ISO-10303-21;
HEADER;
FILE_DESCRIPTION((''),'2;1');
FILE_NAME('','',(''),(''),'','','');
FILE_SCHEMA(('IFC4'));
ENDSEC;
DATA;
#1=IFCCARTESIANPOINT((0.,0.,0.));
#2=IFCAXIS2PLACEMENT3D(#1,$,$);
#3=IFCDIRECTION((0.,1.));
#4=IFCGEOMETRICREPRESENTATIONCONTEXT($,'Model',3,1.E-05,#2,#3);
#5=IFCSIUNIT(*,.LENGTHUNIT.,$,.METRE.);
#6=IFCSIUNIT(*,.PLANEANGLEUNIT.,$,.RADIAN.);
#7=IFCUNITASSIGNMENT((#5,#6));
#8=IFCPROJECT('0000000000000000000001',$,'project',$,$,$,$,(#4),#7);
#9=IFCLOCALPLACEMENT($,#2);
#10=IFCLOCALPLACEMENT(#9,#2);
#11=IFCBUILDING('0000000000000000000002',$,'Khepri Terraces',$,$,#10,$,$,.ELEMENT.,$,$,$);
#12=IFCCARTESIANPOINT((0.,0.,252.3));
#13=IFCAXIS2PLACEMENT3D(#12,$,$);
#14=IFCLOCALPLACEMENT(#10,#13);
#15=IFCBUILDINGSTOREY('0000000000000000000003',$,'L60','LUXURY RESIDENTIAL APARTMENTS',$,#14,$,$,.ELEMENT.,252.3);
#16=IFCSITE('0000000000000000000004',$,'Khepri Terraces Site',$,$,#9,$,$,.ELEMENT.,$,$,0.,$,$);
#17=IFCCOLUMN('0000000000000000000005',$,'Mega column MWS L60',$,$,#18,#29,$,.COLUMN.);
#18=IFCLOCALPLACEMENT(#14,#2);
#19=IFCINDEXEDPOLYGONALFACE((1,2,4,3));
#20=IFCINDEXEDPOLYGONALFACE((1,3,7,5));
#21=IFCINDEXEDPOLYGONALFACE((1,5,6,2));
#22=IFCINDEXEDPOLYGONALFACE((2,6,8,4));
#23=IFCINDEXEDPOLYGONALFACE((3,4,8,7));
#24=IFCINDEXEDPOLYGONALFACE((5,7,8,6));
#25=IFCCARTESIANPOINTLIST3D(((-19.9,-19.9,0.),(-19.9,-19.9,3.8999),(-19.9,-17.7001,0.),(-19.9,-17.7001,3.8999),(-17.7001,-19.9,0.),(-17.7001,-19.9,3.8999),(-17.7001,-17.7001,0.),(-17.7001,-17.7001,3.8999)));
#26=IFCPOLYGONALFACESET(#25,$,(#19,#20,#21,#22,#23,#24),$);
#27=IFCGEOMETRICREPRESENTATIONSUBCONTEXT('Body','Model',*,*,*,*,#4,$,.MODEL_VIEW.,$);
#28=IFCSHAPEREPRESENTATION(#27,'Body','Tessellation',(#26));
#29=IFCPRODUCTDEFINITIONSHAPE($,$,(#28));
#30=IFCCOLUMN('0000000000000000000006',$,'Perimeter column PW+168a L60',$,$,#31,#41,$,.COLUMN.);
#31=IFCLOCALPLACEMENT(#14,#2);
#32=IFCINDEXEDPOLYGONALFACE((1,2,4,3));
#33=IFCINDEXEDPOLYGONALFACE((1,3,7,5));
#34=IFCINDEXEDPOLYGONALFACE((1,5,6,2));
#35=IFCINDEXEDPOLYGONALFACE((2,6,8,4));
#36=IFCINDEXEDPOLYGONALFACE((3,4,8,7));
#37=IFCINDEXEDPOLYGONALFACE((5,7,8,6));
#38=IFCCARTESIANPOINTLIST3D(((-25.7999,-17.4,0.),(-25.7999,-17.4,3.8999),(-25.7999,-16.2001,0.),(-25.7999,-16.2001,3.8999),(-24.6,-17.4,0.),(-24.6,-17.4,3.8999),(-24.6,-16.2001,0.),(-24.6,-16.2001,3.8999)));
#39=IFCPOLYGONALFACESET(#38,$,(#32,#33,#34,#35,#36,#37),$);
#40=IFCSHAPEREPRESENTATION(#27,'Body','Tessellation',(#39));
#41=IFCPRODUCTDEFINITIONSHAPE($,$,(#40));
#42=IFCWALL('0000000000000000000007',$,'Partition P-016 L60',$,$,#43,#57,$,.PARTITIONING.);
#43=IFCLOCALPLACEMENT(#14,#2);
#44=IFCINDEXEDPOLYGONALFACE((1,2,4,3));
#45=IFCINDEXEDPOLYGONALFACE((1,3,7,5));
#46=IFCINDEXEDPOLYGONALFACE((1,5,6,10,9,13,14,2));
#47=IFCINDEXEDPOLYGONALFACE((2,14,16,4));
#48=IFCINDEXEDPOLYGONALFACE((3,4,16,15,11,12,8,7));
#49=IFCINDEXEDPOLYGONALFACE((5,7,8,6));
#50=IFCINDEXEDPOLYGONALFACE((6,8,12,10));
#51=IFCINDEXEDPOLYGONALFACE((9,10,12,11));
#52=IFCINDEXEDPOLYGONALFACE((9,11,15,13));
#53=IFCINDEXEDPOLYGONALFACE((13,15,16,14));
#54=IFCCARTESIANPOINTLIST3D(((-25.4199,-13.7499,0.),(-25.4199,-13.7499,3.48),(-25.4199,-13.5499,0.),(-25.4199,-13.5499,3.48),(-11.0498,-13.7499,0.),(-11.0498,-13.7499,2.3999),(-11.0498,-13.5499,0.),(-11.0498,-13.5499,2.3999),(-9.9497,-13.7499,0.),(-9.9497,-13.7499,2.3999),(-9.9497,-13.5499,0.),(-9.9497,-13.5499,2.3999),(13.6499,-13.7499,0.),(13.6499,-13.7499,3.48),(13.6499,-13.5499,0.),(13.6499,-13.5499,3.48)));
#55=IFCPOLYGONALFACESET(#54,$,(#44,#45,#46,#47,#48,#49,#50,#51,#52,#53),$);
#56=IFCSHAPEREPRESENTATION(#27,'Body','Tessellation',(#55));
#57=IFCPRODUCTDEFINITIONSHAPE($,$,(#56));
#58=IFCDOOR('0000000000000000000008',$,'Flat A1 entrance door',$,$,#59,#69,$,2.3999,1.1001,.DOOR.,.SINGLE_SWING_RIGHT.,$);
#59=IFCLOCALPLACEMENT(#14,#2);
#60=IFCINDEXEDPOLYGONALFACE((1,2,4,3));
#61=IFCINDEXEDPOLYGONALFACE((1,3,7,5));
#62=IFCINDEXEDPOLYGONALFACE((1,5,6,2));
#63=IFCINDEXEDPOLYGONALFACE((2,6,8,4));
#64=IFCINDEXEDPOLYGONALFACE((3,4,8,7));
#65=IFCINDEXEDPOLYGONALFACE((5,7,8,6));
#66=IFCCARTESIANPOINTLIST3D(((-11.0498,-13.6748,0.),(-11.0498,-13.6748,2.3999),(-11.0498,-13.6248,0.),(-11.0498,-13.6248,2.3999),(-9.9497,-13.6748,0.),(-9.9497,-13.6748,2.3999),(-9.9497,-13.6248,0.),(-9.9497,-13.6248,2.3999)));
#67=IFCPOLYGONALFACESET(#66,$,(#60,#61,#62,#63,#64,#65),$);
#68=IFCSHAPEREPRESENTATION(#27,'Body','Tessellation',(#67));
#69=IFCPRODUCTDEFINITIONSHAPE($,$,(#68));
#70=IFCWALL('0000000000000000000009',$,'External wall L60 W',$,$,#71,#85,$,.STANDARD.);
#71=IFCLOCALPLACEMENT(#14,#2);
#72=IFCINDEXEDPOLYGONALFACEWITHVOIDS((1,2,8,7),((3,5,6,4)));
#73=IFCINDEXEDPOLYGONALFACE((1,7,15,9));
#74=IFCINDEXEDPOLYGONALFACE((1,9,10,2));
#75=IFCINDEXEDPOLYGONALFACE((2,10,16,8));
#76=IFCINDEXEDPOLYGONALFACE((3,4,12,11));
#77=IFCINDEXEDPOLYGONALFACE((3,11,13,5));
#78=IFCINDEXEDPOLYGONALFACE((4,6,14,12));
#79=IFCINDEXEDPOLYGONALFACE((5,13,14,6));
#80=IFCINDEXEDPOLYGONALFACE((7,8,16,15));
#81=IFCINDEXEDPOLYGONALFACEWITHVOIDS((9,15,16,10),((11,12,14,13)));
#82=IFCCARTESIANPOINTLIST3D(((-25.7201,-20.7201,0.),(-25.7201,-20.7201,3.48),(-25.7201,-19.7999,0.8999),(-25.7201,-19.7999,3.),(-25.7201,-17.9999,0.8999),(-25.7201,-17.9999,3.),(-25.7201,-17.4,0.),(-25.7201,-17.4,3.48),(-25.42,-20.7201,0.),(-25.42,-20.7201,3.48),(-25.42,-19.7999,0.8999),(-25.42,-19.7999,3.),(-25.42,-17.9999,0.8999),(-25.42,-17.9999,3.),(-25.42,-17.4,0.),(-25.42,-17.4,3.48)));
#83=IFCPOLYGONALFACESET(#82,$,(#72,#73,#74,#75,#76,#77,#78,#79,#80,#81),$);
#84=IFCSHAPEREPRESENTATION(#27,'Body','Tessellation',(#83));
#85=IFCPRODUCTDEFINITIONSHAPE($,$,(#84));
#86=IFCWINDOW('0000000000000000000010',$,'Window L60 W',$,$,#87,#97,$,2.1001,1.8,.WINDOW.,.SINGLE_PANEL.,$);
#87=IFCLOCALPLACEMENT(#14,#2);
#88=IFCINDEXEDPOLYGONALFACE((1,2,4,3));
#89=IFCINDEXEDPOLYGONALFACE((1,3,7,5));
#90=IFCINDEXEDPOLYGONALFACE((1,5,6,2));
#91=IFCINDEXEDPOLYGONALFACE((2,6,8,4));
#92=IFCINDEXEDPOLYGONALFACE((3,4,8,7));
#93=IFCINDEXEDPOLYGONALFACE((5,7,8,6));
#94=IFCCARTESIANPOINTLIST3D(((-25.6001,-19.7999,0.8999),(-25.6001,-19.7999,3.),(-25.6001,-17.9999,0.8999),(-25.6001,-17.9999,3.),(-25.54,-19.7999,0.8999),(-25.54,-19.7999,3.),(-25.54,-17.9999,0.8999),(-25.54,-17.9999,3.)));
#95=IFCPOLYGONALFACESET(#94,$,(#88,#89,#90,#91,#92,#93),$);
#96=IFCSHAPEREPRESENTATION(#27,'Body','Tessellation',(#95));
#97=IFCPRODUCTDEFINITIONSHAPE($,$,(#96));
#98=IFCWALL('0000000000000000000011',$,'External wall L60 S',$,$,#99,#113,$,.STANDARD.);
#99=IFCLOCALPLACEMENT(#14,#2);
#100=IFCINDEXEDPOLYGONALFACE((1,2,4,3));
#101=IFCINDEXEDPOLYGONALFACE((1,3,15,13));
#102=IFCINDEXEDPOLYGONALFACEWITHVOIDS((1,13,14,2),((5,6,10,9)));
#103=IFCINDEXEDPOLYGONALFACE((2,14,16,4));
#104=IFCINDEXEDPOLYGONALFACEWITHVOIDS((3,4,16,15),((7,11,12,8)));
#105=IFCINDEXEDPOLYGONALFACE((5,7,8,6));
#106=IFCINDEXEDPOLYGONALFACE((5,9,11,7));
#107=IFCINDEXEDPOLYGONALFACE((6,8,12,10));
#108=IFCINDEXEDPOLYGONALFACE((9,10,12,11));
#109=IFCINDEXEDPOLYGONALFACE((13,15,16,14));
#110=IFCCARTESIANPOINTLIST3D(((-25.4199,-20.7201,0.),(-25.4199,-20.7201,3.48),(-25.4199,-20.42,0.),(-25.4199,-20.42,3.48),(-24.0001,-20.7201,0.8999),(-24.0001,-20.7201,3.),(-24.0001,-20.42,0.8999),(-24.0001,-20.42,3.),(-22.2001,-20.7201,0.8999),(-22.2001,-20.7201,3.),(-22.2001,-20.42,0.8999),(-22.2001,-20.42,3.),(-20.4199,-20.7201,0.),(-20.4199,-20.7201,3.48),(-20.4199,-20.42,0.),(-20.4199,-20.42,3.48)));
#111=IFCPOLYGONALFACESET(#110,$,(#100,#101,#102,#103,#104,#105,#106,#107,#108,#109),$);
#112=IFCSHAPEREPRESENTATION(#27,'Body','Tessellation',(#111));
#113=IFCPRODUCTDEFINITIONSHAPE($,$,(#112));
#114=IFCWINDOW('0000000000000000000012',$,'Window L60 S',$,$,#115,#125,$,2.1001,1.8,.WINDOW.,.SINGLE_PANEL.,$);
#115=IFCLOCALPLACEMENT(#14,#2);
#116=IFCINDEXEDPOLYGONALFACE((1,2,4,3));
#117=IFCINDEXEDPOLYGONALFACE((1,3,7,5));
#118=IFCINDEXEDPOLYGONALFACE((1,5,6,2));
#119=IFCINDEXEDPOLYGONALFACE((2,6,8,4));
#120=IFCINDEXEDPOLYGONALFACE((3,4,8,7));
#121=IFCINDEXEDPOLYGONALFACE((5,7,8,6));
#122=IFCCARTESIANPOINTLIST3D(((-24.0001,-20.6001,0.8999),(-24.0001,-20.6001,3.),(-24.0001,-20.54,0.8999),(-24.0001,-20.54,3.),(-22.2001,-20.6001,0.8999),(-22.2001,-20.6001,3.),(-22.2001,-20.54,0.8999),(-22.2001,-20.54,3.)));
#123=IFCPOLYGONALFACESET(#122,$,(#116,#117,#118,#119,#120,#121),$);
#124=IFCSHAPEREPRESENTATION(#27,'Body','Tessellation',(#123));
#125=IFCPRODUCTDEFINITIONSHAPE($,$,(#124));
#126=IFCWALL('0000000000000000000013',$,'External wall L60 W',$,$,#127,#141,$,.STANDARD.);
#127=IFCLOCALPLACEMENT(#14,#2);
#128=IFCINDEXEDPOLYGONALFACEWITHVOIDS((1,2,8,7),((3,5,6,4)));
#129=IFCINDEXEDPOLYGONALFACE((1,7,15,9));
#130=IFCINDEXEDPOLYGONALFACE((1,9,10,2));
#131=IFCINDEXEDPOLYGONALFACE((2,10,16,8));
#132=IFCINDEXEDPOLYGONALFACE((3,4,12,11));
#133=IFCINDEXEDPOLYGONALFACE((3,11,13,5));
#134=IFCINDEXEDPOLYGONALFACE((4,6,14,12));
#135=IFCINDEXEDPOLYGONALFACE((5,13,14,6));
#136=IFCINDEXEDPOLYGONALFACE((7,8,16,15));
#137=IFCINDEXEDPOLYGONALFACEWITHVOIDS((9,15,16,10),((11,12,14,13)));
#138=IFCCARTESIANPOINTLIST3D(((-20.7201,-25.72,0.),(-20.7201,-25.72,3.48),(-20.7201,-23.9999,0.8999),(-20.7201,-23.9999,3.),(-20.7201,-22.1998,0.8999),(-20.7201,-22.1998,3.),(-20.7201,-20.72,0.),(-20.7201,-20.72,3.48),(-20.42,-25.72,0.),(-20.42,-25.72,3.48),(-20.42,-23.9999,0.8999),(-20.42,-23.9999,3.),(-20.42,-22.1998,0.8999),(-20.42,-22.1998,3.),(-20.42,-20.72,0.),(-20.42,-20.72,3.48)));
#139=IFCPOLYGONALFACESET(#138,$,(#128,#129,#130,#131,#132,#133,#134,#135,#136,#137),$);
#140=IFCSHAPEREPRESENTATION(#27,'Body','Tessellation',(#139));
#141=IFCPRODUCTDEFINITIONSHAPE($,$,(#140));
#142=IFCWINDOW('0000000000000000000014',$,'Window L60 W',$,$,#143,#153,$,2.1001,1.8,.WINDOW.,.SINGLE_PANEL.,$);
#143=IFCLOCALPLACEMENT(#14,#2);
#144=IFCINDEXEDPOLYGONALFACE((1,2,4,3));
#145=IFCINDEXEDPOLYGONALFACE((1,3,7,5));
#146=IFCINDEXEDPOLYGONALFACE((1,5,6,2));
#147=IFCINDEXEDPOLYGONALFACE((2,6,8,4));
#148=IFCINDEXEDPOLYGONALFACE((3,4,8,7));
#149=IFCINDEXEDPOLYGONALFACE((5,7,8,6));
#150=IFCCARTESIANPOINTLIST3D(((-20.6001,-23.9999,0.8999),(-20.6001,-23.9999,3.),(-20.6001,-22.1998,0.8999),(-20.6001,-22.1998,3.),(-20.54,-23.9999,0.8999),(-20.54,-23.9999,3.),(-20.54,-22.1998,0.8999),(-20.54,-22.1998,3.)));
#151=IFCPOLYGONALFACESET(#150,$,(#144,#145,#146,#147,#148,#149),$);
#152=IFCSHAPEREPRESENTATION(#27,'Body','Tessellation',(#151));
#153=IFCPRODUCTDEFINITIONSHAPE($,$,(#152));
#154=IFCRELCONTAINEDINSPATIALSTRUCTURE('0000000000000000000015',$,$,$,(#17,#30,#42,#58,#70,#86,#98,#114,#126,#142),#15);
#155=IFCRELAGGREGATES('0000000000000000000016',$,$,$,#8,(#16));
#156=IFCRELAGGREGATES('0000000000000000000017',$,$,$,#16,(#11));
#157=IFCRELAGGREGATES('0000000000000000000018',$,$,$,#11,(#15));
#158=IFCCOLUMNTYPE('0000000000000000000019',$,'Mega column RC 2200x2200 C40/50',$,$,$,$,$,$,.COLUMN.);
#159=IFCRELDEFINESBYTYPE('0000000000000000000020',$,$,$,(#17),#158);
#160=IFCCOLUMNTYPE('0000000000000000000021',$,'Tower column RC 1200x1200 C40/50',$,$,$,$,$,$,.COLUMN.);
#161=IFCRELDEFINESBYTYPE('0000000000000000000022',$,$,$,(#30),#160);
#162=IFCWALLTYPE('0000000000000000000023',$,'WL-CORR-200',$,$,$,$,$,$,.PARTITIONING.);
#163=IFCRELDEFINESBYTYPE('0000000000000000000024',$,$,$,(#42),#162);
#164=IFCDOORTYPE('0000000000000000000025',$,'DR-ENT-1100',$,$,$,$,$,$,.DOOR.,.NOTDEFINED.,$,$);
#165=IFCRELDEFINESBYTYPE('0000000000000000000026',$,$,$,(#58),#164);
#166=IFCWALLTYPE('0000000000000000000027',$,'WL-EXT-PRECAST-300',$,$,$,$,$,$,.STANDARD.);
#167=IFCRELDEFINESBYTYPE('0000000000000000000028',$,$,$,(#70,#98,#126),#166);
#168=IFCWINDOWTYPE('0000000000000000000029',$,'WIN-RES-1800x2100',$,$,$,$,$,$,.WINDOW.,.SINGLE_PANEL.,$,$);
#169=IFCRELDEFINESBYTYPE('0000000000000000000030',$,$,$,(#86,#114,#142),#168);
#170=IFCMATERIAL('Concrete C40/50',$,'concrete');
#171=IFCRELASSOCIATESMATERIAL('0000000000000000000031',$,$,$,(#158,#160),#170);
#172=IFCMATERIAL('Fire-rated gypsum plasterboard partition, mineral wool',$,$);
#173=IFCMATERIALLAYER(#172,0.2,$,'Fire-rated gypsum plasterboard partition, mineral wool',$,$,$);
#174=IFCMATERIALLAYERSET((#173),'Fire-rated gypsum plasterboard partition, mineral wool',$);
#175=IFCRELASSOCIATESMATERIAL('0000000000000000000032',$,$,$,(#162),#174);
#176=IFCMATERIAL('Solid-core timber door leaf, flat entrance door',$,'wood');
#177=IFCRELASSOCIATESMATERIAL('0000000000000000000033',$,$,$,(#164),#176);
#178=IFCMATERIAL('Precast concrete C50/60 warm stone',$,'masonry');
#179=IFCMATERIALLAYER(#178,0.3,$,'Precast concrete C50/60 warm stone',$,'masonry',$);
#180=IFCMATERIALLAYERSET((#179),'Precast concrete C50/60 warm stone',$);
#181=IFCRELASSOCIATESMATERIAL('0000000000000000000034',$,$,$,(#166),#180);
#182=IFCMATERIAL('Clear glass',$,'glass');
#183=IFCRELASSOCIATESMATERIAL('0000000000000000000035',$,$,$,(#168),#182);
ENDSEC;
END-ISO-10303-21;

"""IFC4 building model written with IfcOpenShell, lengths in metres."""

from ifc_helpers import new_model, si_unit, direction, frame, frame_2d, origin, origin_2d, place, context, subcontext, project, spatial, rectangle, extrude, material, layer, layer_set, material_profile, profile_set, type_object, element, fill, save


model = new_model("IFC4")

# Units and contexts
model_context = context("Model", 3, precision=1e-05, world=origin(), true_north=direction((0.0, 1.0)))
body_context = subcontext(model_context, "Body", "Model", "MODEL_VIEW")
ifc_project = project(units=[si_unit("LENGTHUNIT", "METRE"), si_unit("PLANEANGLEUNIT", "RADIAN")], contexts=[model_context])

# Site, building, storey
site_placement = place(None, origin())
site = spatial("IfcSite", under=ifc_project, at=site_placement, Name="Khepri Terraces Site", CompositionType="ELEMENT", RefElevation=0.0)
building_placement = place(site_placement, origin())
building = spatial("IfcBuilding", under=site, at=building_placement, Name="Khepri Terraces", CompositionType="ELEMENT")
storey_placement = place(building_placement, frame((0.0, 0.0, 252.3)))
storey = spatial("IfcBuildingStorey", under=building, at=storey_placement, Name="L60", Description="LUXURY RESIDENTIAL APARTMENTS", CompositionType="ELEMENT", Elevation=252.3)

# Columns
ifc_material_1 = material(Name="Concrete C40/50", Category="concrete")
ifc_material_profile_1 = material_profile(ifc_material_1, rectangle(XDim=2.2, YDim=2.2, at=origin_2d()), Name="Concrete C40/50", Category="concrete")
ifc_profile_set_1 = profile_set([ifc_material_profile_1], Name="Concrete C40/50")
column_type_1 = type_object("IfcColumnType", Name="Mega column RC 2200x2200 C40/50", PredefinedType="COLUMN", material=ifc_profile_set_1)
column_1_placement = place(storey_placement, frame((-18.8, -18.8, 0.0), z_axis=(0.0, 0.0, 1.0), x_axis=(1.0, 0.0, 0.0)))
element("IfcColumn", 1, at=column_1_placement, inside=storey, type_object=column_type_1, Name="Mega column MWS L60", PredefinedType="COLUMN", context=body_context, shape_type="SweptSolid", body=[
    extrude(rectangle(XDim=2.2, YDim=2.2, at=origin_2d()), origin(), (0.0, 0.0, 1.0), 3.8999),
])
ifc_material_profile_2 = material_profile(ifc_material_1, rectangle(XDim=1.2, YDim=1.2, at=origin_2d()), Name="Concrete C40/50", Category="concrete")
ifc_profile_set_2 = profile_set([ifc_material_profile_2], Name="Concrete C40/50")
column_type_2 = type_object("IfcColumnType", Name="Tower column RC 1200x1200 C40/50", PredefinedType="COLUMN", material=ifc_profile_set_2)
column_2_placement = place(storey_placement, frame((-25.2, -16.8, 0.0), z_axis=(0.0, 0.0, 1.0), x_axis=(1.0, 0.0, 0.0)))
element("IfcColumn", 2, at=column_2_placement, inside=storey, type_object=column_type_2, Name="Perimeter column PW+168a L60", PredefinedType="COLUMN", context=body_context, shape_type="SweptSolid", body=[
    extrude(rectangle(XDim=1.2, YDim=1.2, at=origin_2d()), origin(), (0.0, 0.0, 1.0), 3.8999),
])

# Wall, opening, door
ifc_material_2 = material(Name="Fire-rated gypsum plasterboard partition, mineral wool")
ifc_layer_1 = layer(ifc_material_2, 0.2, Name="Fire-rated gypsum plasterboard partition, mineral wool")
ifc_layer_set_1 = layer_set([ifc_layer_1], Name="Fire-rated gypsum plasterboard partition, mineral wool")
wall_type_1 = type_object("IfcWallType", Name="WL-CORR-200", PredefinedType="PARTITIONING", material=ifc_layer_set_1)
wall_1_placement = place(storey_placement, frame((-25.4199, -13.6499, 0.0), z_axis=(0.0, 0.0, 1.0), x_axis=(1.0, 0.0, 0.0)))
wall_1 = element("IfcWall", 3, at=wall_1_placement, inside=storey, type_object=wall_type_1, Name="Partition P-016 L60", PredefinedType="PARTITIONING", context=body_context, shape_type="SweptSolid", body=[
    extrude(rectangle(XDim=39.0698, YDim=0.2, at=frame_2d((19.5349, 0.0))), origin(), (0.0, 0.0, 1.0), 3.48),
])
opening_1_placement = place(wall_1_placement, frame((14.3701, 0.0, 0.0)))
opening_1 = element("IfcOpeningElement", 4, at=opening_1_placement, cuts=wall_1, PredefinedType="OPENING", context=body_context, shape_type="SweptSolid", body=[
    extrude(rectangle(XDim=1.1001, YDim=2.3999, at=frame_2d((0.55, 1.2))), frame((0.0, 0.1099, 0.0), z_axis=(0.0, -1.0, 0.0), x_axis=(1.0, 0.0, 0.0)), (0.0, 0.0, 1.0), 0.22),
])
ifc_material_3 = material(Name="Solid-core timber door leaf, flat entrance door", Category="wood")
door_type_1 = type_object("IfcDoorType", Name="DR-ENT-1100", OperationType="NOTDEFINED", PredefinedType="DOOR", material=ifc_material_3)
door_1_placement = place(opening_1_placement, frame((1.1001, 0.0, 0.0), z_axis=(0.0, 0.0, 1.0), x_axis=(-1.0, 0.0, 0.0)))
door_1 = element("IfcDoor", 5, at=door_1_placement, inside=storey, type_object=door_type_1, Name="Flat A1 entrance door", OperationType="SINGLE_SWING_RIGHT", OverallHeight=2.3999, OverallWidth=1.1001, PredefinedType="DOOR", context=body_context, shape_type="SweptSolid", body=[
    extrude(rectangle(XDim=1.1001, YDim=2.3999, at=frame_2d((0.55, 1.2))), frame((0.0, 0.0249, 0.0), z_axis=(0.0, -1.0, 0.0), x_axis=(1.0, 0.0, 0.0)), (0.0, 0.0, 1.0), 0.05),
])
fill(opening_1, door_1)

# Walls, openings, windows
ifc_material_4 = material(Name="Precast concrete C50/60 warm stone", Category="masonry")
ifc_layer_2 = layer(ifc_material_4, 0.3, Name="Precast concrete C50/60 warm stone", Category="masonry")
ifc_layer_set_2 = layer_set([ifc_layer_2], Name="Precast concrete C50/60 warm stone")
wall_type_2 = type_object("IfcWallType", Name="WL-EXT-PRECAST-300", PredefinedType="STANDARD", material=ifc_layer_set_2)
wall_2_placement = place(storey_placement, frame((-25.5701, -17.3999, 0.0), z_axis=(0.0, 0.0, 1.0), x_axis=(0.0, -1.0, 0.0)))
wall_2 = element("IfcWall", 6, at=wall_2_placement, inside=storey, type_object=wall_type_2, Name="External wall L60 W", PredefinedType="STANDARD", context=body_context, shape_type="SweptSolid", body=[
    extrude(rectangle(XDim=3.3201, YDim=0.3, at=frame_2d((1.6602, 0.0))), origin(), (0.0, 0.0, 1.0), 3.48),
])
opening_2_placement = place(wall_2_placement, frame((0.6001, 0.0, 0.8999)))
opening_2 = element("IfcOpeningElement", 7, at=opening_2_placement, cuts=wall_2, PredefinedType="OPENING", context=body_context, shape_type="SweptSolid", body=[
    extrude(rectangle(XDim=1.8, YDim=2.1001, at=frame_2d((0.8999, 1.05))), frame((0.0, 0.1602, 0.0), z_axis=(0.0, -1.0, 0.0), x_axis=(1.0, 0.0, 0.0)), (0.0, 0.0, 1.0), 0.3201),
])
ifc_material_5 = material(Name="Clear glass", Category="glass")
window_type = type_object("IfcWindowType", Name="WIN-RES-1800x2100", PartitioningType="SINGLE_PANEL", PredefinedType="WINDOW", material=ifc_material_5)
window_1_placement = place(opening_2_placement, origin())
window_1 = element("IfcWindow", 8, at=window_1_placement, inside=storey, type_object=window_type, Name="Window L60 W", OverallHeight=2.1001, OverallWidth=1.8, PartitioningType="SINGLE_PANEL", PredefinedType="WINDOW", context=body_context, shape_type="SweptSolid", body=[
    extrude(rectangle(XDim=1.8, YDim=2.1001, at=frame_2d((0.8999, 1.05))), frame((0.0, 0.03, 0.0), z_axis=(0.0, -1.0, 0.0), x_axis=(1.0, 0.0, 0.0)), (0.0, 0.0, 1.0), 0.0601),
])
fill(opening_2, window_1)
wall_3_placement = place(storey_placement, frame((-25.4199, -20.5701, 0.0), z_axis=(0.0, 0.0, 1.0), x_axis=(1.0, 0.0, 0.0)))
wall_3 = element("IfcWall", 9, at=wall_3_placement, inside=storey, type_object=wall_type_2, Name="External wall L60 S", PredefinedType="STANDARD", context=body_context, shape_type="SweptSolid", body=[
    extrude(rectangle(XDim=5.0, YDim=0.3, at=frame_2d((2.5, 0.0))), origin(), (0.0, 0.0, 1.0), 3.48),
])
opening_3_placement = place(wall_3_placement, frame((1.4199, 0.0, 0.8999)))
opening_3 = element("IfcOpeningElement", 10, at=opening_3_placement, cuts=wall_3, PredefinedType="OPENING", context=body_context, shape_type="SweptSolid", body=[
    extrude(rectangle(XDim=1.8, YDim=2.1001, at=frame_2d((0.8999, 1.05))), frame((0.0, 0.1602, 0.0), z_axis=(0.0, -1.0, 0.0), x_axis=(1.0, 0.0, 0.0)), (0.0, 0.0, 1.0), 0.3201),
])
window_2_placement = place(opening_3_placement, origin())
window_2 = element("IfcWindow", 11, at=window_2_placement, inside=storey, type_object=window_type, Name="Window L60 S", OverallHeight=2.1001, OverallWidth=1.8, PartitioningType="SINGLE_PANEL", PredefinedType="WINDOW", context=body_context, shape_type="SweptSolid", body=[
    extrude(rectangle(XDim=1.8, YDim=2.1001, at=frame_2d((0.8999, 1.05))), frame((0.0, 0.03, 0.0), z_axis=(0.0, -1.0, 0.0), x_axis=(1.0, 0.0, 0.0)), (0.0, 0.0, 1.0), 0.0601),
])
fill(opening_3, window_2)
wall_4_placement = place(storey_placement, frame((-20.5701, -20.72, 0.0), z_axis=(0.0, 0.0, 1.0), x_axis=(0.0, -1.0, 0.0)))
wall_4 = element("IfcWall", 12, at=wall_4_placement, inside=storey, type_object=wall_type_2, Name="External wall L60 W", PredefinedType="STANDARD", context=body_context, shape_type="SweptSolid", body=[
    extrude(rectangle(XDim=5.0, YDim=0.3, at=frame_2d((2.5, 0.0))), origin(), (0.0, 0.0, 1.0), 3.48),
])
opening_4_placement = place(wall_4_placement, frame((1.48, 0.0, 0.8999)))
opening_4 = element("IfcOpeningElement", 13, at=opening_4_placement, cuts=wall_4, PredefinedType="OPENING", context=body_context, shape_type="SweptSolid", body=[
    extrude(rectangle(XDim=1.8, YDim=2.1001, at=frame_2d((0.8999, 1.05))), frame((0.0, 0.1602, 0.0), z_axis=(0.0, -1.0, 0.0), x_axis=(1.0, 0.0, 0.0)), (0.0, 0.0, 1.0), 0.3201),
])
window_3_placement = place(opening_4_placement, origin())
window_3 = element("IfcWindow", 14, at=window_3_placement, inside=storey, type_object=window_type, Name="Window L60 W", OverallHeight=2.1001, OverallWidth=1.8, PartitioningType="SINGLE_PANEL", PredefinedType="WINDOW", context=body_context, shape_type="SweptSolid", body=[
    extrude(rectangle(XDim=1.8, YDim=2.1001, at=frame_2d((0.8999, 1.05))), frame((0.0, 0.03, 0.0), z_axis=(0.0, -1.0, 0.0), x_axis=(1.0, 0.0, 0.0)), (0.0, 0.0, 1.0), 0.0601),
])
fill(opening_4, window_3)

save(model, "model.ifc")
